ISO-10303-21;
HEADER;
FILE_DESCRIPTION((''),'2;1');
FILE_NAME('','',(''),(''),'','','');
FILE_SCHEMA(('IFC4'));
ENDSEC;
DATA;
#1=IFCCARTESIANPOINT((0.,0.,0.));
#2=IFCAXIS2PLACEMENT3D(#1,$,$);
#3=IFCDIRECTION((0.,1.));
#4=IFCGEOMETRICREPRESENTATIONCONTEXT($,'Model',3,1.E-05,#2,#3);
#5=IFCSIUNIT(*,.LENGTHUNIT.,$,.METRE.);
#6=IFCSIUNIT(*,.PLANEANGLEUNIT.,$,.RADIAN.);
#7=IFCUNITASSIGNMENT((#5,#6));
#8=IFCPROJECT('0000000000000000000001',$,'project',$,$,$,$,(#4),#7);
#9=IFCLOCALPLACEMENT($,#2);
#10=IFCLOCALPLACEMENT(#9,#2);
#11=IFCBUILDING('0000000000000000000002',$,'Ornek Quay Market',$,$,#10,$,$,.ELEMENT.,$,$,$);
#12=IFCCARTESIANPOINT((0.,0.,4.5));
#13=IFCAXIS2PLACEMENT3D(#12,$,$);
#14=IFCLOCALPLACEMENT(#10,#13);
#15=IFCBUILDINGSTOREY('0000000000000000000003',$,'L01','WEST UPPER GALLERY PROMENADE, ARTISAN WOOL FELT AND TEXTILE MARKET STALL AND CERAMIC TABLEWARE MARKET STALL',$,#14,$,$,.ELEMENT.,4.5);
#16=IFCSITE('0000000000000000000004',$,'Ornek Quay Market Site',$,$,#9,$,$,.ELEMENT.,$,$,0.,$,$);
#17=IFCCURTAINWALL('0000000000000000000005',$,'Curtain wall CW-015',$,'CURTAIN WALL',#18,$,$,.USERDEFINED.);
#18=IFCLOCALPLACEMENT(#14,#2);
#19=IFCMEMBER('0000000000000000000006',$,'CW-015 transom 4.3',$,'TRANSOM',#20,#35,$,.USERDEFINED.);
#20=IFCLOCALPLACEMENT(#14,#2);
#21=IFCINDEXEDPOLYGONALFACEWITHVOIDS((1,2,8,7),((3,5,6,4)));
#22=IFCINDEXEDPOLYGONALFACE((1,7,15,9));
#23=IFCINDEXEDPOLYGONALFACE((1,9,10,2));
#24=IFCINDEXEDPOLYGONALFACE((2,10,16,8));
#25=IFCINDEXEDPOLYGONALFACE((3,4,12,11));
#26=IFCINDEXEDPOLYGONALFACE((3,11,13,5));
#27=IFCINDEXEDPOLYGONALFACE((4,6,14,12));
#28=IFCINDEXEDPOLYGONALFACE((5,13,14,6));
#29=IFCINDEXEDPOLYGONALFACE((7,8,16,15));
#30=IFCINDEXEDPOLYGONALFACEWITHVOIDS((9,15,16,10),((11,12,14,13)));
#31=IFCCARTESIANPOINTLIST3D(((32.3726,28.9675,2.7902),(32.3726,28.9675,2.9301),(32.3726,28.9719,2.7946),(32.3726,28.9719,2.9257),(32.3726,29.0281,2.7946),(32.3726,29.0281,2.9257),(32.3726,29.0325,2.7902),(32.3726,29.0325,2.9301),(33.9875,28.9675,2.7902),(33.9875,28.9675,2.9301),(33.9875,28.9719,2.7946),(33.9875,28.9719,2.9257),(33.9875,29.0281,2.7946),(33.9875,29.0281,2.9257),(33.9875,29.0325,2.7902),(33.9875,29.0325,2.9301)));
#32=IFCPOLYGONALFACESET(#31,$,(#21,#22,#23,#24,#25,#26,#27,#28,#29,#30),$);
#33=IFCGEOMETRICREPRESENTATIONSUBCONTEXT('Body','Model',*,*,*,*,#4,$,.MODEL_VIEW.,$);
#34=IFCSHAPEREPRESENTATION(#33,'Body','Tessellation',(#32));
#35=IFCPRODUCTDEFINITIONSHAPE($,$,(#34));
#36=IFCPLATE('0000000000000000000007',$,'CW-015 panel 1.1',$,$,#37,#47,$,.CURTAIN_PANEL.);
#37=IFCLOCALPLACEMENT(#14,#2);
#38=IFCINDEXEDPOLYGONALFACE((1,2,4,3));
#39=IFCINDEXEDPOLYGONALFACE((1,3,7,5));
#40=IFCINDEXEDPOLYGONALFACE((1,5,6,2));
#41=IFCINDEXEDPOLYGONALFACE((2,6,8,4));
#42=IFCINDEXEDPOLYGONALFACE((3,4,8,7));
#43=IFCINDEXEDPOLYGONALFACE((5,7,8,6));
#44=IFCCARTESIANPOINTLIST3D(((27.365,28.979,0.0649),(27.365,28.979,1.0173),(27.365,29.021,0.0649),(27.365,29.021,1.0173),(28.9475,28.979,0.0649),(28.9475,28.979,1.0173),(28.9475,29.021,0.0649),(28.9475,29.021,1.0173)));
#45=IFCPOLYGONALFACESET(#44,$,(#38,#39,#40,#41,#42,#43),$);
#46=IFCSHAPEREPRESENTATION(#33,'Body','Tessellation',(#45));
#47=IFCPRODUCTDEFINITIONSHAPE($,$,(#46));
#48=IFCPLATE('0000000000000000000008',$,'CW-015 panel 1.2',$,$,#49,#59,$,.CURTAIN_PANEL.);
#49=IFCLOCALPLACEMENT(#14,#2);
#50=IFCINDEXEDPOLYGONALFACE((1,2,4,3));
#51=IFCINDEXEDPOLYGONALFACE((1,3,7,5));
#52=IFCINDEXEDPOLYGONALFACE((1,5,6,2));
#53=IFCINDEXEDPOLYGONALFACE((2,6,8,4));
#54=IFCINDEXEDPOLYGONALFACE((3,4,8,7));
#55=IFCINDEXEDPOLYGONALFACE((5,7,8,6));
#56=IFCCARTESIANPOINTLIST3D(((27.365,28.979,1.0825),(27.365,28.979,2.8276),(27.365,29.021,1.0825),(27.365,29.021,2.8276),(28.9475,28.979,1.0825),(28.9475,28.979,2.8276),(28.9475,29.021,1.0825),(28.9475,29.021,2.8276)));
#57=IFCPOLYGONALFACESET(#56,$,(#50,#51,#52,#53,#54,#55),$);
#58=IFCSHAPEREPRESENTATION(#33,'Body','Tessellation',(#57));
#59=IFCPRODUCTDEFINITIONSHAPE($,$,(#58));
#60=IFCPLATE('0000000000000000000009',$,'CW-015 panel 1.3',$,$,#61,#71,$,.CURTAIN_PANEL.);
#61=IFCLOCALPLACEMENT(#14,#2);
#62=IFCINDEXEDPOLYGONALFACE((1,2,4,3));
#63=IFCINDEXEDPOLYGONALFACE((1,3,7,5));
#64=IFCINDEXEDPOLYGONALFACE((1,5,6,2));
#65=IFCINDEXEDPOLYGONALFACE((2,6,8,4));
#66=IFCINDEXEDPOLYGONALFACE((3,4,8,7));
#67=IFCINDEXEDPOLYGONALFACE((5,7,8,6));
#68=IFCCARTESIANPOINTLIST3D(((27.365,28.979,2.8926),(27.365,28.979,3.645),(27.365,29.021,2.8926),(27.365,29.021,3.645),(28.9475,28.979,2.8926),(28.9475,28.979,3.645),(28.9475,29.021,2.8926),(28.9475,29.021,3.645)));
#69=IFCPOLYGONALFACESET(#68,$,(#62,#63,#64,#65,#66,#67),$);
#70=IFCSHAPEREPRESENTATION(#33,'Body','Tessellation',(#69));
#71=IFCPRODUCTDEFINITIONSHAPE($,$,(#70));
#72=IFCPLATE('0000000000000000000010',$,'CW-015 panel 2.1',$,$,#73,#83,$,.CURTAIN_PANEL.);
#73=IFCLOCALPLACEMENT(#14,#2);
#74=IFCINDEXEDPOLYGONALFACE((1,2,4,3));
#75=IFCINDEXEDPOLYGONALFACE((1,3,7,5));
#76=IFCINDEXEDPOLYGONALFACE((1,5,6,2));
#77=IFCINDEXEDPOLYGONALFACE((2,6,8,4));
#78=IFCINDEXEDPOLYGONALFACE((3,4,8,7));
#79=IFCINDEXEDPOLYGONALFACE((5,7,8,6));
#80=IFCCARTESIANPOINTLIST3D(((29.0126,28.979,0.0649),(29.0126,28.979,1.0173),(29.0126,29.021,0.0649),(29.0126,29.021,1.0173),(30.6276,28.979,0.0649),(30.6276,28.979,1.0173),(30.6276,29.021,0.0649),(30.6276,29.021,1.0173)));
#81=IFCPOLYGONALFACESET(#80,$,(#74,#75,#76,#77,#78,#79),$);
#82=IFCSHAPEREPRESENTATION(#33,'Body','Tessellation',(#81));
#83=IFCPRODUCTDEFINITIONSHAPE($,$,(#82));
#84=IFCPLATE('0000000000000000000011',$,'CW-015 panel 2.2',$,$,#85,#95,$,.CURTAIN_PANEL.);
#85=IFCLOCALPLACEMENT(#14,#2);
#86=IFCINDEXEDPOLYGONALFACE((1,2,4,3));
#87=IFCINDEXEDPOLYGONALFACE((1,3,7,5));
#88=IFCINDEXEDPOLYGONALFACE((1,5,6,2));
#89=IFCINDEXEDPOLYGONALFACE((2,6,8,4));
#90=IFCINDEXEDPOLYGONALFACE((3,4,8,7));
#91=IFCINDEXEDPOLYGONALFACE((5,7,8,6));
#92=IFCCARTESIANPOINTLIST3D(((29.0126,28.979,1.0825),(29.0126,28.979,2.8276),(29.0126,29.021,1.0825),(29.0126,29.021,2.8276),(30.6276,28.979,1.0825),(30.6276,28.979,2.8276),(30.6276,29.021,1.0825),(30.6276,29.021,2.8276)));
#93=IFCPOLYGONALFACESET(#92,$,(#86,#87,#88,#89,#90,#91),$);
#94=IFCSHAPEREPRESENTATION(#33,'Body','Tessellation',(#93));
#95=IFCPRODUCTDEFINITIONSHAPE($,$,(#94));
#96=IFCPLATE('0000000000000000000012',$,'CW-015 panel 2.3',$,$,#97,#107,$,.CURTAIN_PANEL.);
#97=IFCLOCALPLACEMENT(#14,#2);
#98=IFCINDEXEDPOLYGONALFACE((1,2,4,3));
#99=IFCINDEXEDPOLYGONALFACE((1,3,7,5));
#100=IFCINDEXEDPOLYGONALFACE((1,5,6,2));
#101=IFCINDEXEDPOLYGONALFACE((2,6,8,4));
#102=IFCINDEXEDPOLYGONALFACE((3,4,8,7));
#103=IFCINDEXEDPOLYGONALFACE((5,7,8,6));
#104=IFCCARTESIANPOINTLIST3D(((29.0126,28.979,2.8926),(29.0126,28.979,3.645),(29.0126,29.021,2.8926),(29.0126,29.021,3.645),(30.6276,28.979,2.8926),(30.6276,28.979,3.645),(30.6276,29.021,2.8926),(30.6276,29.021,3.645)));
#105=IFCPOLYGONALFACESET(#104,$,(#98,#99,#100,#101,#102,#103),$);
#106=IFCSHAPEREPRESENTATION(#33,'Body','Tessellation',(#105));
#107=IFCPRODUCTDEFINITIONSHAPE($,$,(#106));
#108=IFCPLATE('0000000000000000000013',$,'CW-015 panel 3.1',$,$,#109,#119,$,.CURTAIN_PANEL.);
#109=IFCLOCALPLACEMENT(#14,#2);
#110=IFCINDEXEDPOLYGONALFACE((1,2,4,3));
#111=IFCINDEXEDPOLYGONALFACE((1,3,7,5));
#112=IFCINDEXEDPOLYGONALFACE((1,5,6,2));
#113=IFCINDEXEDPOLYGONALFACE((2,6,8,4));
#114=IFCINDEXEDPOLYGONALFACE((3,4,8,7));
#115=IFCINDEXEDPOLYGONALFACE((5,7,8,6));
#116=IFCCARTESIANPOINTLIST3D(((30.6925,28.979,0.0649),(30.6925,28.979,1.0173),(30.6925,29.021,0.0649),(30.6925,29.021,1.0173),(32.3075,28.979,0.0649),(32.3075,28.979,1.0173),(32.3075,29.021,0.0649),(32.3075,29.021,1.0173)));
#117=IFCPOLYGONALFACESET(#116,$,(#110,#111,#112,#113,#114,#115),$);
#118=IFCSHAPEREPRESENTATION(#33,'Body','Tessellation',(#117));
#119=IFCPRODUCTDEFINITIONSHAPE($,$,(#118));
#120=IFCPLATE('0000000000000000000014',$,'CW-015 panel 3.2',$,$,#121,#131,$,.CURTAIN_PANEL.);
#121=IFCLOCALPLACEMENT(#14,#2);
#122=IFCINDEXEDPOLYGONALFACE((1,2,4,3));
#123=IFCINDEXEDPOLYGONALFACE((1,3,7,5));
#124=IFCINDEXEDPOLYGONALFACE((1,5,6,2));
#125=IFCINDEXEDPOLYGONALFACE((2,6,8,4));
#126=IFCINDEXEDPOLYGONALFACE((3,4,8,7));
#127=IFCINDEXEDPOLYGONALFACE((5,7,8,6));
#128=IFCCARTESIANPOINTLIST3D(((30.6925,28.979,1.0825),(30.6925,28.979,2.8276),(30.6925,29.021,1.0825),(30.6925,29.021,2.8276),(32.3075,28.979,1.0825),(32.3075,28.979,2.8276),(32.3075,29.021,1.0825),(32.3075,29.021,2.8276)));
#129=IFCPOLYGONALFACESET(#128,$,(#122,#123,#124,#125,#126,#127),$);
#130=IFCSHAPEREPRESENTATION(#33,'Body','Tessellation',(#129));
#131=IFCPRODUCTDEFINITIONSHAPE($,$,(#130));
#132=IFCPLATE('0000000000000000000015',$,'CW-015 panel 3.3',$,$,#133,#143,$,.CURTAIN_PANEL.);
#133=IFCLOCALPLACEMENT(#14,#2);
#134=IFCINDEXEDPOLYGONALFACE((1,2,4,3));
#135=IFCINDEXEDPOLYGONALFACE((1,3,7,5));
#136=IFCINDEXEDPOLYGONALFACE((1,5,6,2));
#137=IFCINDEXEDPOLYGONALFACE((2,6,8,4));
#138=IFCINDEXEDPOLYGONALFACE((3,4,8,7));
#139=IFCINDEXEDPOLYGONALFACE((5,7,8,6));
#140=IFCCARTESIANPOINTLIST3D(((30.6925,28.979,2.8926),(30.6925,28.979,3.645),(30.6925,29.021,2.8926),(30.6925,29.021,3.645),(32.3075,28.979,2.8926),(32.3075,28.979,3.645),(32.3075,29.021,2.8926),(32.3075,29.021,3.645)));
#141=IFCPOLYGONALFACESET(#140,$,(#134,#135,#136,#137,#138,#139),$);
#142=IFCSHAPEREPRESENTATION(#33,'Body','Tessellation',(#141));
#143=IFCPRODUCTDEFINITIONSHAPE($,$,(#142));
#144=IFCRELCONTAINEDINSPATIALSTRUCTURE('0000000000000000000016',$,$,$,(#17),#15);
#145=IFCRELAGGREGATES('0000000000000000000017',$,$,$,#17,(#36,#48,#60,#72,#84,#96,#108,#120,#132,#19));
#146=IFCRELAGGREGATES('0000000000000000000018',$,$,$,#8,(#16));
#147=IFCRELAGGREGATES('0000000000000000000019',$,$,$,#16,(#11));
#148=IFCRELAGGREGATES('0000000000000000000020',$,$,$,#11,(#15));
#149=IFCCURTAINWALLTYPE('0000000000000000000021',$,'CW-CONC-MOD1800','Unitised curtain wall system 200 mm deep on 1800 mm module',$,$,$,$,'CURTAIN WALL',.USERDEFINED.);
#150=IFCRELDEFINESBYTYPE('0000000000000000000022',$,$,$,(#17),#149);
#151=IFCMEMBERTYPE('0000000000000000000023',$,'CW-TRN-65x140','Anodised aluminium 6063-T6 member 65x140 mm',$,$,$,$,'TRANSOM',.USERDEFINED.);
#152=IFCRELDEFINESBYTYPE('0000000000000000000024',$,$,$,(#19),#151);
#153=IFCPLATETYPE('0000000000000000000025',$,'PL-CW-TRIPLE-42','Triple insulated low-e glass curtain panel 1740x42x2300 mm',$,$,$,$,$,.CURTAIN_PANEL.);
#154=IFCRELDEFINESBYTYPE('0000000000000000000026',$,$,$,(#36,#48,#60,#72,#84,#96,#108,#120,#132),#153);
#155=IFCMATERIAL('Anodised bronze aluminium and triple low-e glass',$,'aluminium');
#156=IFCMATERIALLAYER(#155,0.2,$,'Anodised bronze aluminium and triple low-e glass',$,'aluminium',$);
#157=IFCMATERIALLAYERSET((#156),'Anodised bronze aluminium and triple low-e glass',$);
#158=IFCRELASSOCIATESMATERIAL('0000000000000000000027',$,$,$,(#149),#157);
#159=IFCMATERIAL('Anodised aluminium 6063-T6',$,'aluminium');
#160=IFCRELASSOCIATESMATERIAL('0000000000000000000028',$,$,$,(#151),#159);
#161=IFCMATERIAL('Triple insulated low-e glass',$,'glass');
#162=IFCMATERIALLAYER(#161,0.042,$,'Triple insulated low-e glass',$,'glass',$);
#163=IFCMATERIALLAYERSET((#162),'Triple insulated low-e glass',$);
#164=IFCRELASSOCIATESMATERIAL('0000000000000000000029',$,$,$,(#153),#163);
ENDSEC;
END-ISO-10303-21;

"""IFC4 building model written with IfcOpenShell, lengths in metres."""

from ifc_helpers import new_model, si_unit, direction, frame, origin, origin_2d, place, context, subcontext, project, spatial, rectangle, hollow_rectangle, extrude, material, layer, layer_set, material_profile, profile_set, type_object, element, aggregate, save


model = new_model("IFC4")

# Units and contexts
model_context = context("Model", 3, precision=1e-05, world=origin(), true_north=direction((0.0, 1.0)))
body_context = subcontext(model_context, "Body", "Model", "MODEL_VIEW")
ifc_project = project(units=[si_unit("LENGTHUNIT", "METRE"), si_unit("PLANEANGLEUNIT", "RADIAN")], contexts=[model_context])

# Site, building, storey
site_placement = place(None, origin())
site = spatial("IfcSite", under=ifc_project, at=site_placement, Name="Ornek Quay Market Site", CompositionType="ELEMENT", RefElevation=0.0)
building_placement = place(site_placement, origin())
building = spatial("IfcBuilding", under=site, at=building_placement, Name="Ornek Quay Market", CompositionType="ELEMENT")
storey_placement = place(building_placement, frame((0.0, 0.0, 4.5)))
storey = spatial("IfcBuildingStorey", under=building, at=storey_placement, Name="L01", Description="WEST UPPER GALLERY PROMENADE, ARTISAN WOOL FELT AND TEXTILE MARKET STALL AND CERAMIC TABLEWARE MARKET STALL", CompositionType="ELEMENT", Elevation=4.5)

# Curtain wall
ifc_material_1 = material(Name="Anodised bronze aluminium and triple low-e glass", Category="aluminium")
ifc_layer_1 = layer(ifc_material_1, 0.2, Name="Anodised bronze aluminium and triple low-e glass", Category="aluminium")
ifc_layer_set_1 = layer_set([ifc_layer_1], Name="Anodised bronze aluminium and triple low-e glass")
curtain_wall_type_1 = type_object("IfcCurtainWallType", Name="CW-CONC-MOD1800", Description="Unitised curtain wall system 200 mm deep on 1800 mm module", ElementType="CURTAIN WALL", PredefinedType="USERDEFINED", material=ifc_layer_set_1)
curtain_wall_1_placement = place(storey_placement, origin())
curtain_wall_1 = element("IfcCurtainWall", 1, at=curtain_wall_1_placement, inside=storey, type_object=curtain_wall_type_1, Name="Curtain wall CW-015", ObjectType="CURTAIN WALL", PredefinedType="USERDEFINED")
ifc_material_2 = material(Name="Anodised aluminium 6063-T6", Category="aluminium")

# Member
ifc_material_profile_1 = material_profile(ifc_material_2, hollow_rectangle(XDim=0.0649, YDim=0.1399, WallThickness=0.0044, at=origin_2d()), Name="CW-TRN-65x140", Category="aluminium")
ifc_profile_set_1 = profile_set([ifc_material_profile_1], Name="Anodised aluminium 6063-T6")
member_type_1 = type_object("IfcMemberType", Name="CW-TRN-65x140", Description="Anodised aluminium 6063-T6 member 65x140 mm", ElementType="TRANSOM", PredefinedType="USERDEFINED", material=ifc_profile_set_1)
member_1_placement = place(storey_placement, frame((32.3726, 29.0, 2.8601), z_axis=(1.0, 0.0, 0.0), x_axis=(0.0, 1.0, 0.0)))
member_1 = element("IfcMember", 2, at=member_1_placement, type_object=member_type_1, Name="CW-015 transom 4.3", ObjectType="TRANSOM", PredefinedType="USERDEFINED", context=body_context, shape_type="SweptSolid", body=[
    extrude(hollow_rectangle(XDim=0.0649, YDim=0.1399, WallThickness=0.0044, at=origin_2d()), origin(), (0.0, 0.0, 1.0), 1.615),
])

# Plates
ifc_material_3 = material(Name="Triple insulated low-e glass", Category="glass")
ifc_layer_2 = layer(ifc_material_3, 0.042, Name="Triple insulated low-e glass", Category="glass")
ifc_layer_set_2 = layer_set([ifc_layer_2], Name="Triple insulated low-e glass")
plate_type = type_object("IfcPlateType", Name="PL-CW-TRIPLE-42", Description="Triple insulated low-e glass curtain panel 1740x42x2300 mm", PredefinedType="CURTAIN_PANEL", material=ifc_layer_set_2)
plate_1_placement = place(storey_placement, frame((28.1562, 29.0, 0.0649), z_axis=(0.0, 0.0, 1.0), x_axis=(1.0, 0.0, 0.0)))
plate_1 = element("IfcPlate", 3, at=plate_1_placement, type_object=plate_type, Name="CW-015 panel 1.1", PredefinedType="CURTAIN_PANEL", context=body_context, shape_type="SweptSolid", body=[
    extrude(rectangle(XDim=1.5825, YDim=0.042, at=origin_2d()), origin(), (0.0, 0.0, 1.0), 0.9524),
])
plate_2_placement = place(storey_placement, frame((28.1562, 29.0, 1.0825), z_axis=(0.0, 0.0, 1.0), x_axis=(1.0, 0.0, 0.0)))
plate_2 = element("IfcPlate", 4, at=plate_2_placement, type_object=plate_type, Name="CW-015 panel 1.2", PredefinedType="CURTAIN_PANEL", context=body_context, shape_type="SweptSolid", body=[
    extrude(rectangle(XDim=1.5825, YDim=0.042, at=origin_2d()), origin(), (0.0, 0.0, 1.0), 1.7451),
])
plate_3_placement = place(storey_placement, frame((28.1562, 29.0, 2.8926), z_axis=(0.0, 0.0, 1.0), x_axis=(1.0, 0.0, 0.0)))
plate_3 = element("IfcPlate", 5, at=plate_3_placement, type_object=plate_type, Name="CW-015 panel 1.3", PredefinedType="CURTAIN_PANEL", context=body_context, shape_type="SweptSolid", body=[
    extrude(rectangle(XDim=1.5825, YDim=0.042, at=origin_2d()), origin(), (0.0, 0.0, 1.0), 0.7524),
])
plate_4_placement = place(storey_placement, frame((29.8201, 29.0, 0.0649), z_axis=(0.0, 0.0, 1.0), x_axis=(1.0, 0.0, 0.0)))
plate_4 = element("IfcPlate", 6, at=plate_4_placement, type_object=plate_type, Name="CW-015 panel 2.1", PredefinedType="CURTAIN_PANEL", context=body_context, shape_type="SweptSolid", body=[
    extrude(rectangle(XDim=1.615, YDim=0.042, at=origin_2d()), origin(), (0.0, 0.0, 1.0), 0.9524),
])
plate_5_placement = place(storey_placement, frame((29.8201, 29.0, 1.0825), z_axis=(0.0, 0.0, 1.0), x_axis=(1.0, 0.0, 0.0)))
plate_5 = element("IfcPlate", 7, at=plate_5_placement, type_object=plate_type, Name="CW-015 panel 2.2", PredefinedType="CURTAIN_PANEL", context=body_context, shape_type="SweptSolid", body=[
    extrude(rectangle(XDim=1.615, YDim=0.042, at=origin_2d()), origin(), (0.0, 0.0, 1.0), 1.7451),
])
plate_6_placement = place(storey_placement, frame((29.8201, 29.0, 2.8926), z_axis=(0.0, 0.0, 1.0), x_axis=(1.0, 0.0, 0.0)))
plate_6 = element("IfcPlate", 8, at=plate_6_placement, type_object=plate_type, Name="CW-015 panel 2.3", PredefinedType="CURTAIN_PANEL", context=body_context, shape_type="SweptSolid", body=[
    extrude(rectangle(XDim=1.615, YDim=0.042, at=origin_2d()), origin(), (0.0, 0.0, 1.0), 0.7524),
])
plate_7_placement = place(storey_placement, frame((31.5, 29.0, 0.0649), z_axis=(0.0, 0.0, 1.0), x_axis=(1.0, 0.0, 0.0)))
plate_7 = element("IfcPlate", 9, at=plate_7_placement, type_object=plate_type, Name="CW-015 panel 3.1", PredefinedType="CURTAIN_PANEL", context=body_context, shape_type="SweptSolid", body=[
    extrude(rectangle(XDim=1.615, YDim=0.042, at=origin_2d()), origin(), (0.0, 0.0, 1.0), 0.9524),
])
plate_8_placement = place(storey_placement, frame((31.5, 29.0, 1.0825), z_axis=(0.0, 0.0, 1.0), x_axis=(1.0, 0.0, 0.0)))
plate_8 = element("IfcPlate", 10, at=plate_8_placement, type_object=plate_type, Name="CW-015 panel 3.2", PredefinedType="CURTAIN_PANEL", context=body_context, shape_type="SweptSolid", body=[
    extrude(rectangle(XDim=1.615, YDim=0.042, at=origin_2d()), origin(), (0.0, 0.0, 1.0), 1.7451),
])
plate_9_placement = place(storey_placement, frame((31.5, 29.0, 2.8926), z_axis=(0.0, 0.0, 1.0), x_axis=(1.0, 0.0, 0.0)))
plate_9 = element("IfcPlate", 11, at=plate_9_placement, type_object=plate_type, Name="CW-015 panel 3.3", PredefinedType="CURTAIN_PANEL", context=body_context, shape_type="SweptSolid", body=[
    extrude(rectangle(XDim=1.615, YDim=0.042, at=origin_2d()), origin(), (0.0, 0.0, 1.0), 0.7524),
])
aggregate(curtain_wall_1, [plate_1, plate_2, plate_3, plate_4, plate_5, plate_6, plate_7, plate_8, plate_9, member_1])

save(model, "model.ifc")
